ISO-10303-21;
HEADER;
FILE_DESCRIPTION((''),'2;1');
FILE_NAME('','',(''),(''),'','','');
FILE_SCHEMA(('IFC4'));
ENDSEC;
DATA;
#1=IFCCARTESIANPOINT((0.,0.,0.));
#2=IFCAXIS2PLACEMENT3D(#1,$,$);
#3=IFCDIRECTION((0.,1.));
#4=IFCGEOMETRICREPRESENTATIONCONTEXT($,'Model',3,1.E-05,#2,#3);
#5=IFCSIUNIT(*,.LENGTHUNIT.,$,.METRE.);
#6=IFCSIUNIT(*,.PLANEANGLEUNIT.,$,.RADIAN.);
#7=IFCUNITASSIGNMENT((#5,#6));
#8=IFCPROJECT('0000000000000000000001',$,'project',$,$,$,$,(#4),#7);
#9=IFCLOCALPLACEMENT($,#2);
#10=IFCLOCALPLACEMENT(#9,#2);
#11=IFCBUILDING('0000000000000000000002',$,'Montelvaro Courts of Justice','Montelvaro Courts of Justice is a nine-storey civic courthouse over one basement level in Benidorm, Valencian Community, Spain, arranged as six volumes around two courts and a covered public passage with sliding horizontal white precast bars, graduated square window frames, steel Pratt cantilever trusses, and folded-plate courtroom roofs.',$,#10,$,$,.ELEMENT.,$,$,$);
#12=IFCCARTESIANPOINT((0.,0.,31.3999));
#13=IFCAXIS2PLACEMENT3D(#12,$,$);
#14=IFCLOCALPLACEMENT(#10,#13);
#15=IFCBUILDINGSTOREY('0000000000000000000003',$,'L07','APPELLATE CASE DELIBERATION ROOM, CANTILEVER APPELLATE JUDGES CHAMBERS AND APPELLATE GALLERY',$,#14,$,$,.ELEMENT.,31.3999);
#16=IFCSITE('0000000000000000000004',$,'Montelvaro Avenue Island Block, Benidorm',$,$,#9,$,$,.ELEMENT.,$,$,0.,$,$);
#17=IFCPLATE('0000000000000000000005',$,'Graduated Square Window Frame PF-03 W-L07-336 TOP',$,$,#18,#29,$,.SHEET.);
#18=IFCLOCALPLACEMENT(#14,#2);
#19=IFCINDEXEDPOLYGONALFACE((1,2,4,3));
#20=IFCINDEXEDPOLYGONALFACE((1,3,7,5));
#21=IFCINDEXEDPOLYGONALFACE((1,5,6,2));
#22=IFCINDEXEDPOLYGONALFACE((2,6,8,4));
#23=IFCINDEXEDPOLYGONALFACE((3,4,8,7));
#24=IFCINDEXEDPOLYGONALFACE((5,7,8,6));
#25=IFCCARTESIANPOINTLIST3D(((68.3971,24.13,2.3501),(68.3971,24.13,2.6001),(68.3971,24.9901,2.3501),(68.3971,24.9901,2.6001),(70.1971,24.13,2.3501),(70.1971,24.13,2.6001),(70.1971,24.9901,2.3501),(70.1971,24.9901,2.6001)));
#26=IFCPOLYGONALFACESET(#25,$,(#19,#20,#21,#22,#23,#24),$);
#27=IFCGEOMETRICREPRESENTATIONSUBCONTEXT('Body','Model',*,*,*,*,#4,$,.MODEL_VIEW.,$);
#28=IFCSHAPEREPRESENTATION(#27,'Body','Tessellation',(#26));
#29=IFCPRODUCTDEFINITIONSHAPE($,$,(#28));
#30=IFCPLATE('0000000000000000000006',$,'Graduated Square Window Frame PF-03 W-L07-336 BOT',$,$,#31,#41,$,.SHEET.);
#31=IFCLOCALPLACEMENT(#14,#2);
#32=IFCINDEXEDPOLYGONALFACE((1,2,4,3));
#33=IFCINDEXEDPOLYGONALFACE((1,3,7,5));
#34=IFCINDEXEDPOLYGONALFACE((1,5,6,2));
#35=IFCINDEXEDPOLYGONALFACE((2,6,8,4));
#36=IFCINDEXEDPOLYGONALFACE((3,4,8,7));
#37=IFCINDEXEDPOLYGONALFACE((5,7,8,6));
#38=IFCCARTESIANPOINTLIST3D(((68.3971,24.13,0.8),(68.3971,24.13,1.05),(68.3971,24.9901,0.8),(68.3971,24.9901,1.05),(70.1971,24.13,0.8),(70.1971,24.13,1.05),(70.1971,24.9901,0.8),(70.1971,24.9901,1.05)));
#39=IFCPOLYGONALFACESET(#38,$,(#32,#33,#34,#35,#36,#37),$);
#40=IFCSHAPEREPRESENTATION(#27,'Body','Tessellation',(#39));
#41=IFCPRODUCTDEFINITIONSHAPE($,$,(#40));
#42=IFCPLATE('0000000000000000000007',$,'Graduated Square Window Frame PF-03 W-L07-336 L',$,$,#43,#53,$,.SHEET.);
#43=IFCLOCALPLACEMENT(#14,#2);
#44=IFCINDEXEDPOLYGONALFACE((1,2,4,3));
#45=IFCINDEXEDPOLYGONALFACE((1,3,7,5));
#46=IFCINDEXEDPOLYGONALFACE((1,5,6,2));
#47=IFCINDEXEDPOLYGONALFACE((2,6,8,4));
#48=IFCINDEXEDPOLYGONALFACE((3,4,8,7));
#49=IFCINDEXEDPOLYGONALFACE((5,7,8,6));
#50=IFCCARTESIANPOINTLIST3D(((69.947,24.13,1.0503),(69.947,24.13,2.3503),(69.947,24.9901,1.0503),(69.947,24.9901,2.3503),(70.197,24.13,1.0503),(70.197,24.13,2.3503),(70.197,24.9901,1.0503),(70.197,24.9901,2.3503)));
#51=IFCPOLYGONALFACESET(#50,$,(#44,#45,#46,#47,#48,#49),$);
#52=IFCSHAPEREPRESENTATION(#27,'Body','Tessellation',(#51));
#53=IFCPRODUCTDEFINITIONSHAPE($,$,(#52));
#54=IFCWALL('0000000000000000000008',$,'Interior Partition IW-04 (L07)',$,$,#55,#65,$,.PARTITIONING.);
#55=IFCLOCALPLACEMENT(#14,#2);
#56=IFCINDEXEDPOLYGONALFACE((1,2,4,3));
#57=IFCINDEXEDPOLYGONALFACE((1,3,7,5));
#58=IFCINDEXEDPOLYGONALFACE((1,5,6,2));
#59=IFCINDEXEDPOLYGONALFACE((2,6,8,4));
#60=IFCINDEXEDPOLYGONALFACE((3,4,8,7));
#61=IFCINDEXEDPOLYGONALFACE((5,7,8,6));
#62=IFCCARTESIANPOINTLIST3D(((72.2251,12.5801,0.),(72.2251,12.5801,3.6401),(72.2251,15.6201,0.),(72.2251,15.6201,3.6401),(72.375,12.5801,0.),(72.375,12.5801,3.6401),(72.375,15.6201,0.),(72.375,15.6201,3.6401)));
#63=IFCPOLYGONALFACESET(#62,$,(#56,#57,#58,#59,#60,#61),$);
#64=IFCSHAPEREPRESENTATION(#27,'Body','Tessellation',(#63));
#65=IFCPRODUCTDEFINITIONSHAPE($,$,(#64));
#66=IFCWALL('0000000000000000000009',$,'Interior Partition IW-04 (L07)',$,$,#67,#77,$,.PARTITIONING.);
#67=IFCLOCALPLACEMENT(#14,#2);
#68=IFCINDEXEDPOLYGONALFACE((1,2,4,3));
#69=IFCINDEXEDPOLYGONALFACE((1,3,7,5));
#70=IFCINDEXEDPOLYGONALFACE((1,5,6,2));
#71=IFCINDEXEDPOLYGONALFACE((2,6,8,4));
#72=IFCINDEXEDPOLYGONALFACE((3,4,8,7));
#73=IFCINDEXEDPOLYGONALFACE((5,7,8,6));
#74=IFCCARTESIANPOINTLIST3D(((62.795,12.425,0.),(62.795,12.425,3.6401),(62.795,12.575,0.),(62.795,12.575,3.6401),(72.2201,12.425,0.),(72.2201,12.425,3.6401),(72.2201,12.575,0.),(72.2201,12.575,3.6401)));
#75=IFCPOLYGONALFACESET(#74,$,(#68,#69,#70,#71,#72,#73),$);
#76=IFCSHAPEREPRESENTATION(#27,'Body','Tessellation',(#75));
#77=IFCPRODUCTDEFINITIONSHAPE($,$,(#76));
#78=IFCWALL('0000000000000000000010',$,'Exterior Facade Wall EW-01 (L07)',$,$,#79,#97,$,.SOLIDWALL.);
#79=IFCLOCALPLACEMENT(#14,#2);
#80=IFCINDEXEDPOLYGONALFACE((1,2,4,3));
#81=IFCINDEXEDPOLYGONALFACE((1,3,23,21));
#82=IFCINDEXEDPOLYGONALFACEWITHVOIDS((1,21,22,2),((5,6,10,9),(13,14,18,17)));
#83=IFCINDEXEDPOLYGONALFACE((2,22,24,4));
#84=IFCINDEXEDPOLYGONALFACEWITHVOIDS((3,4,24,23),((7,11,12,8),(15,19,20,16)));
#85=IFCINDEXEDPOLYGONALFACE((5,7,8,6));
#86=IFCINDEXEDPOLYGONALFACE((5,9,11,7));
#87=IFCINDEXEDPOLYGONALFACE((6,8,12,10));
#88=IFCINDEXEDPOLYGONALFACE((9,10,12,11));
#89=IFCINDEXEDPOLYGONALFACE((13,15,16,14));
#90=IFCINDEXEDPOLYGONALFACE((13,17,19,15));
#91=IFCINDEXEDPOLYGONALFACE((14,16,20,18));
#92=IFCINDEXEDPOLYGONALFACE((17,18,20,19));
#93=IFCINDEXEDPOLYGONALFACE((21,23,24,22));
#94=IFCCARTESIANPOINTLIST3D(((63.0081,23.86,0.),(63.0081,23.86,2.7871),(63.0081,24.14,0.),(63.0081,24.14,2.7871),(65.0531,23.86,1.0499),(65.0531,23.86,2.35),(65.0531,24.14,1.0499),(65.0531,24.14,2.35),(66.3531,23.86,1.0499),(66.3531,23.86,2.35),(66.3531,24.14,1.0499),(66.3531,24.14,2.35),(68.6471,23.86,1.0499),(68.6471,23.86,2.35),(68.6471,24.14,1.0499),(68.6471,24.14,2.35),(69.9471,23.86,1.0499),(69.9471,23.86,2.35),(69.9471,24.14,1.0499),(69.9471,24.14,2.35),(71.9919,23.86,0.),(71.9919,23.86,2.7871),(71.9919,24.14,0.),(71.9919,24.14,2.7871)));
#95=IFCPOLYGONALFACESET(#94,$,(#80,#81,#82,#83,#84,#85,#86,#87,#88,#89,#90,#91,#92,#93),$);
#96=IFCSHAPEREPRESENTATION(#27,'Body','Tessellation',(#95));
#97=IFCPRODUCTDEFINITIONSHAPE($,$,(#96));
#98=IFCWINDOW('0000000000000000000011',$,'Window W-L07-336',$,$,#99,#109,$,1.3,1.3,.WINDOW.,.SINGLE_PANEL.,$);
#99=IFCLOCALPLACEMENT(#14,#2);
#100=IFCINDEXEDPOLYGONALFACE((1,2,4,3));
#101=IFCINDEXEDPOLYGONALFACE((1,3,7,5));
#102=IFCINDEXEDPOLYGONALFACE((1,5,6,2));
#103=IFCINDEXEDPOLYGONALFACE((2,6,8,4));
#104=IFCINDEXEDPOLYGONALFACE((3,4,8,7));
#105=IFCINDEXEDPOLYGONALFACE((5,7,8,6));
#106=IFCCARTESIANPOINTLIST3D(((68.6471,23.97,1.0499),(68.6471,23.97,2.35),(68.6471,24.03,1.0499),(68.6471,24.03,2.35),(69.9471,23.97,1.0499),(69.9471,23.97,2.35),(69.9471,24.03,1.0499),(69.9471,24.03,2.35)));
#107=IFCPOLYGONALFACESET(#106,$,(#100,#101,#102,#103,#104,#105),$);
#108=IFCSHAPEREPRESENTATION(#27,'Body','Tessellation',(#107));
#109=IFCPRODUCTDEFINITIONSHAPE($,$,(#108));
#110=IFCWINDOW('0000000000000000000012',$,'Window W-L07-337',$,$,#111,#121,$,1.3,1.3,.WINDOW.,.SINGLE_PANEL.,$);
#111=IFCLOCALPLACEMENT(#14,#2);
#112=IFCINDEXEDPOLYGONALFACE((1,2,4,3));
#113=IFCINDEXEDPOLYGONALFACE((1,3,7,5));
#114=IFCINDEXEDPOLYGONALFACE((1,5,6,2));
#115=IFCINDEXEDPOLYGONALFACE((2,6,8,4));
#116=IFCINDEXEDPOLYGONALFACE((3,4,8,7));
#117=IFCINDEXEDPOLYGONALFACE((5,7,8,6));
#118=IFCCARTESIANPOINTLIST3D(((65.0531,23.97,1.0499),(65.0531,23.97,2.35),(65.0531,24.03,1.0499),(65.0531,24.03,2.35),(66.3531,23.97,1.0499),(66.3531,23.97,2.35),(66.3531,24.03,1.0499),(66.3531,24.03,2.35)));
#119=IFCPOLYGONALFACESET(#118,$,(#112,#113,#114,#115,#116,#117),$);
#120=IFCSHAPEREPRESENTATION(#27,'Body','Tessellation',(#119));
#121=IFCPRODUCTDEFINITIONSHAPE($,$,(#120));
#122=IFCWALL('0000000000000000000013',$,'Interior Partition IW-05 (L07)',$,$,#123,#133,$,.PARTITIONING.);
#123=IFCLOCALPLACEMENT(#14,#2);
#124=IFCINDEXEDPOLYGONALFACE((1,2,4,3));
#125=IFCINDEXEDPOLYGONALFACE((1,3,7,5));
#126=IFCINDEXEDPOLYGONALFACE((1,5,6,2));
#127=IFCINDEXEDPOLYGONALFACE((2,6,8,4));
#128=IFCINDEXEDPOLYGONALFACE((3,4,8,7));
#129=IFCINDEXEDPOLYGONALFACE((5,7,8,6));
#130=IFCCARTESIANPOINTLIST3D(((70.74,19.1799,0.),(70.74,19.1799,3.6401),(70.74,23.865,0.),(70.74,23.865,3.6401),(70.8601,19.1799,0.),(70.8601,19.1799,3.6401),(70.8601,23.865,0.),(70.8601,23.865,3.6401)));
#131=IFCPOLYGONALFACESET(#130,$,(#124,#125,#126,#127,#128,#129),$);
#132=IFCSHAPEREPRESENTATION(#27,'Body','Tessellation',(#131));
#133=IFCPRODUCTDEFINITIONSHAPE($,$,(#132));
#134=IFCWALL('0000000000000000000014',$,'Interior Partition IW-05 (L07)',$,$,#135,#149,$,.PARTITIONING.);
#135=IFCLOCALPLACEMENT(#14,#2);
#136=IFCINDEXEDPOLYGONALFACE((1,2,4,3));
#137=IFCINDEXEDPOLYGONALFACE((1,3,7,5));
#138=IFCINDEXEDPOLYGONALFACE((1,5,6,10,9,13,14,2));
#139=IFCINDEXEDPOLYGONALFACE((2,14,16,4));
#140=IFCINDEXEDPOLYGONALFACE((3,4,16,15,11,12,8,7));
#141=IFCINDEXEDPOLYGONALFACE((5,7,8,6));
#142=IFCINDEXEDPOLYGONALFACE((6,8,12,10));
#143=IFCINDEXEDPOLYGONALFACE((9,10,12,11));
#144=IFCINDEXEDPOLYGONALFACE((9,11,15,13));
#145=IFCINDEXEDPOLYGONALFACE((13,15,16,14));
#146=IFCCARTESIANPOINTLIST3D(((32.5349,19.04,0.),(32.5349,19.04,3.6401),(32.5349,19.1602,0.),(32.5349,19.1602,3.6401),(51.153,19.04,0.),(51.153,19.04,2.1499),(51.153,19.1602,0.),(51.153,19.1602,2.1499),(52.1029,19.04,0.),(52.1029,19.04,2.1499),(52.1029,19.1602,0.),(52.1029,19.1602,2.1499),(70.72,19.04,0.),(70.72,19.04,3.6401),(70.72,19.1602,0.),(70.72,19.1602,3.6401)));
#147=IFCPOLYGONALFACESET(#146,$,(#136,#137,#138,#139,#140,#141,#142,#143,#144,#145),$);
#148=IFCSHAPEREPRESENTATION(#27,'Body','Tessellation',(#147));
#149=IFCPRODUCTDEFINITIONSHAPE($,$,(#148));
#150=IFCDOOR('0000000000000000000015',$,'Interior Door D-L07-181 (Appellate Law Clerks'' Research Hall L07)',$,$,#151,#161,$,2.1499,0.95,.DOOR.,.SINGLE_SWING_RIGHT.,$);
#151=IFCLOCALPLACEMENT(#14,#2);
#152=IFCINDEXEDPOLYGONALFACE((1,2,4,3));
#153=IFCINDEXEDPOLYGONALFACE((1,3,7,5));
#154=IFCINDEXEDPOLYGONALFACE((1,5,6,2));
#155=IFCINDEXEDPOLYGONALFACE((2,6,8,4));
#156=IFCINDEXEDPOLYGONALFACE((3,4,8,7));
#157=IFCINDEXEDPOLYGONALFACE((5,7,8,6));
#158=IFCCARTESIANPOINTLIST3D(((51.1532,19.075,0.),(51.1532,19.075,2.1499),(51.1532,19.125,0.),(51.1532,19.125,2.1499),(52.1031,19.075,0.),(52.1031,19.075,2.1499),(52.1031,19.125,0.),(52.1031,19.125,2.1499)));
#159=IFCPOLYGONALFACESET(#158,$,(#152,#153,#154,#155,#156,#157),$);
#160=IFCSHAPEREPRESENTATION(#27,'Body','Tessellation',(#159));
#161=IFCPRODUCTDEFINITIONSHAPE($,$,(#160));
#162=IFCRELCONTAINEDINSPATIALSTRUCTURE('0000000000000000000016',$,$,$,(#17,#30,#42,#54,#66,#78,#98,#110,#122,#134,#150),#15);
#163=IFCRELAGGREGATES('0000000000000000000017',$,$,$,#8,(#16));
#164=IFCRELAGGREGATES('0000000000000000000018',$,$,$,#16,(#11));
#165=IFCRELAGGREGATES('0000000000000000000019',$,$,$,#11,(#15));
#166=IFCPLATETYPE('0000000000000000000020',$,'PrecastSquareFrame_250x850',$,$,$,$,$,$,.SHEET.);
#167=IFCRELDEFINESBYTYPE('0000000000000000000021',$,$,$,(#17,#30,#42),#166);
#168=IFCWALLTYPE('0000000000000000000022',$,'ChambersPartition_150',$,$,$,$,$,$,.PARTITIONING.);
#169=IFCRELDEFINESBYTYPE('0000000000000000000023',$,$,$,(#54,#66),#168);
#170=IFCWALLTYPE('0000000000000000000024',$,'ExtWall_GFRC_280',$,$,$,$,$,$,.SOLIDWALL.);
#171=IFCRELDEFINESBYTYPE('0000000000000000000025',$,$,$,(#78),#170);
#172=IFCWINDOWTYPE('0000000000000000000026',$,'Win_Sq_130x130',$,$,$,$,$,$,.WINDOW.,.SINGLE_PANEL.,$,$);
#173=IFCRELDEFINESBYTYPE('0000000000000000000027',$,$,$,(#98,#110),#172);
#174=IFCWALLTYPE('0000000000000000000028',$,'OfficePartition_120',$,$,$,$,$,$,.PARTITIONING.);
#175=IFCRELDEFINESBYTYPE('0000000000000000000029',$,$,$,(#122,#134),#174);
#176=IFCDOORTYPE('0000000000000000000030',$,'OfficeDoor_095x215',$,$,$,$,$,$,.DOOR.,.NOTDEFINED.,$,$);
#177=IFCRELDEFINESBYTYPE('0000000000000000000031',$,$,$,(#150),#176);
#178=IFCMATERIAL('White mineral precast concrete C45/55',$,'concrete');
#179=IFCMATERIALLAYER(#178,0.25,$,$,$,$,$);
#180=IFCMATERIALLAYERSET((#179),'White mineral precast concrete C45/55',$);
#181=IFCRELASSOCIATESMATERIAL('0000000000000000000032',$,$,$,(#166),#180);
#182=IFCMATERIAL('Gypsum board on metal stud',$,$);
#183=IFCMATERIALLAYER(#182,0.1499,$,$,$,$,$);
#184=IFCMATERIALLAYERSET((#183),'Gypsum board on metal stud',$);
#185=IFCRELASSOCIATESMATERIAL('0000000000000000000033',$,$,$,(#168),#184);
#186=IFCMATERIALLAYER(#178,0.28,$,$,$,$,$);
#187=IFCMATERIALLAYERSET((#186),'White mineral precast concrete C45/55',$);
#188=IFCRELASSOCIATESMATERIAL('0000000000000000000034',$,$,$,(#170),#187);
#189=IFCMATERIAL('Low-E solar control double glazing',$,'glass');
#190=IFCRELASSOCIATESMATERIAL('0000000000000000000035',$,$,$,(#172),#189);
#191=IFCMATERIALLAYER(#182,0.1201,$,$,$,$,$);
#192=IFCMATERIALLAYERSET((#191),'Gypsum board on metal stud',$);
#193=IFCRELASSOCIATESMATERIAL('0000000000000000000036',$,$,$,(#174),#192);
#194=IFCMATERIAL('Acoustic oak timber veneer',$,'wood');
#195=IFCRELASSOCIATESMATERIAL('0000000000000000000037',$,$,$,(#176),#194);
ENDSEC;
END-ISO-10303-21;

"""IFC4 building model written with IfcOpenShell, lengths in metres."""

from ifc_helpers import new_model, si_unit, direction, frame, frame_2d, origin, origin_2d, place, context, subcontext, project, spatial, rectangle, extrude, material, layer, layer_set, type_object, element, fill, save


model = new_model("IFC4")

# Units and contexts
model_context = context("Model", 3, precision=1e-05, world=origin(), true_north=direction((0.0, 1.0)))
body_context = subcontext(model_context, "Body", "Model", "MODEL_VIEW")
ifc_project = project(units=[si_unit("LENGTHUNIT", "METRE"), si_unit("PLANEANGLEUNIT", "RADIAN")], contexts=[model_context])

# Site, building, storey
site_placement = place(None, origin())
site = spatial("IfcSite", under=ifc_project, at=site_placement, Name="Montelvaro Avenue Island Block, Benidorm", CompositionType="ELEMENT", RefElevation=0.0)
building_placement = place(site_placement, origin())
building = spatial("IfcBuilding", under=site, at=building_placement, Name="Montelvaro Courts of Justice", Description="Montelvaro Courts of Justice is a nine-storey civic courthouse over one basement level in Benidorm, Valencian Community, Spain, arranged as six volumes around two courts and a covered public passage with sliding horizontal white precast bars, graduated square window frames, steel Pratt cantilever trusses, and folded-plate courtroom roofs.", CompositionType="ELEMENT")
storey_placement = place(building_placement, frame((0.0, 0.0, 31.3999)))
storey = spatial("IfcBuildingStorey", under=building, at=storey_placement, Name="L07", Description="APPELLATE CASE DELIBERATION ROOM, CANTILEVER APPELLATE JUDGES CHAMBERS AND APPELLATE GALLERY", CompositionType="ELEMENT", Elevation=31.3999)

# Plates
ifc_material_1 = material(Name="White mineral precast concrete C45/55", Category="concrete")
ifc_layer_1 = layer(ifc_material_1, 0.25)
ifc_layer_set_1 = layer_set([ifc_layer_1], Name="White mineral precast concrete C45/55")
plate_type_1 = type_object("IfcPlateType", Name="PrecastSquareFrame_250x850", PredefinedType="SHEET", material=ifc_layer_set_1)
for number, where, z_axis, x_axis, name in (
    (1, (69.2971, 24.5601, 2.3501), (0.0, 0.0, 1.0), (-1.0, 0.0, 0.0), "Graduated Square Window Frame PF-03 W-L07-336 TOP"),
    (2, (69.2971, 24.5601, 0.8), (0.0, 0.0, 1.0), (-1.0, 0.0, 0.0), "Graduated Square Window Frame PF-03 W-L07-336 BOT"),
):
    element("IfcPlate", number, at=place(storey_placement, frame(where, z_axis=z_axis, x_axis=x_axis)), inside=storey, type_object=plate_type_1, Name=name, PredefinedType="SHEET", context=body_context, shape_type="SweptSolid", body=[
        extrude(rectangle(XDim=1.8, YDim=0.8601, at=origin_2d()), origin(), (0.0, 0.0, 1.0), 0.25),
    ])
plate_1_placement = place(storey_placement, frame((70.072, 24.5601, 1.0503), z_axis=(0.0, 0.0, 1.0), x_axis=(-1.0, 0.0, 0.0)))
element("IfcPlate", 3, at=plate_1_placement, inside=storey, type_object=plate_type_1, Name="Graduated Square Window Frame PF-03 W-L07-336 L", PredefinedType="SHEET", context=body_context, shape_type="SweptSolid", body=[
    extrude(rectangle(XDim=0.25, YDim=0.8601, at=origin_2d()), origin(), (0.0, 0.0, 1.0), 1.3),
])

# Walls
ifc_material_2 = material(Name="Gypsum board on metal stud")
ifc_layer_2 = layer(ifc_material_2, 0.1499)
ifc_layer_set_2 = layer_set([ifc_layer_2], Name="Gypsum board on metal stud")
wall_type_1 = type_object("IfcWallType", Name="ChambersPartition_150", PredefinedType="PARTITIONING", material=ifc_layer_set_2)
wall_1_placement = place(storey_placement, frame((72.3, 15.6201, 0.0), z_axis=(0.0, 0.0, 1.0), x_axis=(0.0, -1.0, 0.0)))
element("IfcWall", 4, at=wall_1_placement, inside=storey, type_object=wall_type_1, Name="Interior Partition IW-04 (L07)", PredefinedType="PARTITIONING", context=body_context, shape_type="SweptSolid", body=[
    extrude(rectangle(XDim=3.04, YDim=0.1499, at=frame_2d((1.52, 0.0))), origin(), (0.0, 0.0, 1.0), 3.6401),
])
wall_2_placement = place(storey_placement, frame((72.22, 12.5, 0.0), z_axis=(0.0, 0.0, 1.0), x_axis=(-1.0, 0.0, 0.0)))
element("IfcWall", 5, at=wall_2_placement, inside=storey, type_object=wall_type_1, Name="Interior Partition IW-04 (L07)", PredefinedType="PARTITIONING", context=body_context, shape_type="SweptSolid", body=[
    extrude(rectangle(XDim=9.425, YDim=0.1499, at=frame_2d((4.7124, 0.0))), origin(), (0.0, 0.0, 1.0), 3.6401),
])

# Wall, openings, windows
ifc_layer_3 = layer(ifc_material_1, 0.28)
ifc_layer_set_3 = layer_set([ifc_layer_3], Name="White mineral precast concrete C45/55")
wall_type_2 = type_object("IfcWallType", Name="ExtWall_GFRC_280", PredefinedType="SOLIDWALL", material=ifc_layer_set_3)
wall_3_placement = place(storey_placement, frame((71.9919, 24.0, 0.0), z_axis=(0.0, 0.0, 1.0), x_axis=(-1.0, 0.0, 0.0)))
wall_3 = element("IfcWall", 6, at=wall_3_placement, inside=storey, type_object=wall_type_2, Name="Exterior Facade Wall EW-01 (L07)", PredefinedType="SOLIDWALL", context=body_context, shape_type="SweptSolid", body=[
    extrude(rectangle(XDim=8.9839, YDim=0.28, at=frame_2d((4.4919, 0.0))), origin(), (0.0, 0.0, 1.0), 2.7871),
])
opening_1_placement = place(wall_3_placement, frame((2.0449, 0.0, 1.05)))
opening_1 = element("IfcOpeningElement", 7, at=opening_1_placement, cuts=wall_3, PredefinedType="OPENING", context=body_context, shape_type="SweptSolid", body=[
    extrude(rectangle(XDim=1.3, YDim=1.3, at=frame_2d((0.6499, 0.6499))), frame((0.0, 0.1548, 0.0), z_axis=(0.0, -1.0, 0.0), x_axis=(1.0, 0.0, 0.0)), (0.0, 0.0, 1.0), 0.3098),
])
opening_2_placement = place(wall_3_placement, frame((5.6389, 0.0, 1.05)))
opening_2 = element("IfcOpeningElement", 8, at=opening_2_placement, cuts=wall_3, PredefinedType="OPENING", context=body_context, shape_type="SweptSolid", body=[
    extrude(rectangle(XDim=1.3, YDim=1.3, at=frame_2d((0.6499, 0.6499))), frame((0.0, 0.1548, 0.0), z_axis=(0.0, -1.0, 0.0), x_axis=(1.0, 0.0, 0.0)), (0.0, 0.0, 1.0), 0.3098),
])
ifc_material_3 = material(Name="Low-E solar control double glazing", Category="glass")
window_type = type_object("IfcWindowType", Name="Win_Sq_130x130", PartitioningType="SINGLE_PANEL", PredefinedType="WINDOW", material=ifc_material_3)
window_1_placement = place(opening_1_placement, origin())
window_1 = element("IfcWindow", 9, at=window_1_placement, inside=storey, type_object=window_type, Name="Window W-L07-336", OverallHeight=1.3, OverallWidth=1.3, PartitioningType="SINGLE_PANEL", PredefinedType="WINDOW", context=body_context, shape_type="SweptSolid", body=[
    extrude(rectangle(XDim=1.3, YDim=1.3, at=frame_2d((0.6499, 0.6499))), frame((0.0, 0.03, 0.0), z_axis=(0.0, -1.0, 0.0), x_axis=(1.0, 0.0, 0.0)), (0.0, 0.0, 1.0), 0.0601),
])
fill(opening_1, window_1)
window_2_placement = place(opening_2_placement, origin())
window_2 = element("IfcWindow", 10, at=window_2_placement, inside=storey, type_object=window_type, Name="Window W-L07-337", OverallHeight=1.3, OverallWidth=1.3, PartitioningType="SINGLE_PANEL", PredefinedType="WINDOW", context=body_context, shape_type="SweptSolid", body=[
    extrude(rectangle(XDim=1.3, YDim=1.3, at=frame_2d((0.6499, 0.6499))), frame((0.0, 0.03, 0.0), z_axis=(0.0, -1.0, 0.0), x_axis=(1.0, 0.0, 0.0)), (0.0, 0.0, 1.0), 0.0601),
])
fill(opening_2, window_2)

# Wall
ifc_layer_4 = layer(ifc_material_2, 0.1201)
ifc_layer_set_4 = layer_set([ifc_layer_4], Name="Gypsum board on metal stud")
wall_type_3 = type_object("IfcWallType", Name="OfficePartition_120", PredefinedType="PARTITIONING", material=ifc_layer_set_4)
wall_4_placement = place(storey_placement, frame((70.8, 23.865, 0.0), z_axis=(0.0, 0.0, 1.0), x_axis=(0.0, -1.0, 0.0)))
element("IfcWall", 11, at=wall_4_placement, inside=storey, type_object=wall_type_3, Name="Interior Partition IW-05 (L07)", PredefinedType="PARTITIONING", context=body_context, shape_type="SweptSolid", body=[
    extrude(rectangle(XDim=4.6851, YDim=0.1201, at=frame_2d((2.3425, 0.0))), origin(), (0.0, 0.0, 1.0), 3.6401),
])

# Wall, opening, door
wall_5_placement = place(storey_placement, frame((70.72, 19.1001, 0.0), z_axis=(0.0, 0.0, 1.0), x_axis=(-1.0, 0.0, 0.0)))
wall_5 = element("IfcWall", 12, at=wall_5_placement, inside=storey, type_object=wall_type_3, Name="Interior Partition IW-05 (L07)", PredefinedType="PARTITIONING", context=body_context, shape_type="SweptSolid", body=[
    extrude(rectangle(XDim=38.1851, YDim=0.1201, at=frame_2d((19.0925, 0.0))), origin(), (0.0, 0.0, 1.0), 3.6401),
])
opening_3_placement = place(wall_5_placement, frame((18.6169, 0.0, 0.0)))
opening_3 = element("IfcOpeningElement", 13, at=opening_3_placement, cuts=wall_5, PredefinedType="OPENING", context=body_context, shape_type="SweptSolid", body=[
    extrude(rectangle(XDim=0.95, YDim=2.1499, at=frame_2d((0.4751, 1.075))), frame((0.0, 0.075, 0.0), z_axis=(0.0, -1.0, 0.0), x_axis=(1.0, 0.0, 0.0)), (0.0, 0.0, 1.0), 0.1499),
])
ifc_material_4 = material(Name="Acoustic oak timber veneer", Category="wood")
door_type_1 = type_object("IfcDoorType", Name="OfficeDoor_095x215", OperationType="NOTDEFINED", PredefinedType="DOOR", material=ifc_material_4)
door_1_placement = place(opening_3_placement, frame((0.95, 0.0, 0.0), z_axis=(0.0, 0.0, 1.0), x_axis=(-1.0, 0.0, 0.0)))
door_1 = element("IfcDoor", 14, at=door_1_placement, inside=storey, type_object=door_type_1, Name="Interior Door D-L07-181 (Appellate Law Clerks' Research Hall L07)", OperationType="SINGLE_SWING_RIGHT", OverallHeight=2.1499, OverallWidth=0.95, PredefinedType="DOOR", context=body_context, shape_type="SweptSolid", body=[
    extrude(rectangle(XDim=0.95, YDim=2.1499, at=frame_2d((0.4751, 1.075))), frame((0.0, 0.0249, 0.0), z_axis=(0.0, -1.0, 0.0), x_axis=(1.0, 0.0, 0.0)), (0.0, 0.0, 1.0), 0.05),
])
fill(opening_3, door_1)

save(model, "model.ifc")
